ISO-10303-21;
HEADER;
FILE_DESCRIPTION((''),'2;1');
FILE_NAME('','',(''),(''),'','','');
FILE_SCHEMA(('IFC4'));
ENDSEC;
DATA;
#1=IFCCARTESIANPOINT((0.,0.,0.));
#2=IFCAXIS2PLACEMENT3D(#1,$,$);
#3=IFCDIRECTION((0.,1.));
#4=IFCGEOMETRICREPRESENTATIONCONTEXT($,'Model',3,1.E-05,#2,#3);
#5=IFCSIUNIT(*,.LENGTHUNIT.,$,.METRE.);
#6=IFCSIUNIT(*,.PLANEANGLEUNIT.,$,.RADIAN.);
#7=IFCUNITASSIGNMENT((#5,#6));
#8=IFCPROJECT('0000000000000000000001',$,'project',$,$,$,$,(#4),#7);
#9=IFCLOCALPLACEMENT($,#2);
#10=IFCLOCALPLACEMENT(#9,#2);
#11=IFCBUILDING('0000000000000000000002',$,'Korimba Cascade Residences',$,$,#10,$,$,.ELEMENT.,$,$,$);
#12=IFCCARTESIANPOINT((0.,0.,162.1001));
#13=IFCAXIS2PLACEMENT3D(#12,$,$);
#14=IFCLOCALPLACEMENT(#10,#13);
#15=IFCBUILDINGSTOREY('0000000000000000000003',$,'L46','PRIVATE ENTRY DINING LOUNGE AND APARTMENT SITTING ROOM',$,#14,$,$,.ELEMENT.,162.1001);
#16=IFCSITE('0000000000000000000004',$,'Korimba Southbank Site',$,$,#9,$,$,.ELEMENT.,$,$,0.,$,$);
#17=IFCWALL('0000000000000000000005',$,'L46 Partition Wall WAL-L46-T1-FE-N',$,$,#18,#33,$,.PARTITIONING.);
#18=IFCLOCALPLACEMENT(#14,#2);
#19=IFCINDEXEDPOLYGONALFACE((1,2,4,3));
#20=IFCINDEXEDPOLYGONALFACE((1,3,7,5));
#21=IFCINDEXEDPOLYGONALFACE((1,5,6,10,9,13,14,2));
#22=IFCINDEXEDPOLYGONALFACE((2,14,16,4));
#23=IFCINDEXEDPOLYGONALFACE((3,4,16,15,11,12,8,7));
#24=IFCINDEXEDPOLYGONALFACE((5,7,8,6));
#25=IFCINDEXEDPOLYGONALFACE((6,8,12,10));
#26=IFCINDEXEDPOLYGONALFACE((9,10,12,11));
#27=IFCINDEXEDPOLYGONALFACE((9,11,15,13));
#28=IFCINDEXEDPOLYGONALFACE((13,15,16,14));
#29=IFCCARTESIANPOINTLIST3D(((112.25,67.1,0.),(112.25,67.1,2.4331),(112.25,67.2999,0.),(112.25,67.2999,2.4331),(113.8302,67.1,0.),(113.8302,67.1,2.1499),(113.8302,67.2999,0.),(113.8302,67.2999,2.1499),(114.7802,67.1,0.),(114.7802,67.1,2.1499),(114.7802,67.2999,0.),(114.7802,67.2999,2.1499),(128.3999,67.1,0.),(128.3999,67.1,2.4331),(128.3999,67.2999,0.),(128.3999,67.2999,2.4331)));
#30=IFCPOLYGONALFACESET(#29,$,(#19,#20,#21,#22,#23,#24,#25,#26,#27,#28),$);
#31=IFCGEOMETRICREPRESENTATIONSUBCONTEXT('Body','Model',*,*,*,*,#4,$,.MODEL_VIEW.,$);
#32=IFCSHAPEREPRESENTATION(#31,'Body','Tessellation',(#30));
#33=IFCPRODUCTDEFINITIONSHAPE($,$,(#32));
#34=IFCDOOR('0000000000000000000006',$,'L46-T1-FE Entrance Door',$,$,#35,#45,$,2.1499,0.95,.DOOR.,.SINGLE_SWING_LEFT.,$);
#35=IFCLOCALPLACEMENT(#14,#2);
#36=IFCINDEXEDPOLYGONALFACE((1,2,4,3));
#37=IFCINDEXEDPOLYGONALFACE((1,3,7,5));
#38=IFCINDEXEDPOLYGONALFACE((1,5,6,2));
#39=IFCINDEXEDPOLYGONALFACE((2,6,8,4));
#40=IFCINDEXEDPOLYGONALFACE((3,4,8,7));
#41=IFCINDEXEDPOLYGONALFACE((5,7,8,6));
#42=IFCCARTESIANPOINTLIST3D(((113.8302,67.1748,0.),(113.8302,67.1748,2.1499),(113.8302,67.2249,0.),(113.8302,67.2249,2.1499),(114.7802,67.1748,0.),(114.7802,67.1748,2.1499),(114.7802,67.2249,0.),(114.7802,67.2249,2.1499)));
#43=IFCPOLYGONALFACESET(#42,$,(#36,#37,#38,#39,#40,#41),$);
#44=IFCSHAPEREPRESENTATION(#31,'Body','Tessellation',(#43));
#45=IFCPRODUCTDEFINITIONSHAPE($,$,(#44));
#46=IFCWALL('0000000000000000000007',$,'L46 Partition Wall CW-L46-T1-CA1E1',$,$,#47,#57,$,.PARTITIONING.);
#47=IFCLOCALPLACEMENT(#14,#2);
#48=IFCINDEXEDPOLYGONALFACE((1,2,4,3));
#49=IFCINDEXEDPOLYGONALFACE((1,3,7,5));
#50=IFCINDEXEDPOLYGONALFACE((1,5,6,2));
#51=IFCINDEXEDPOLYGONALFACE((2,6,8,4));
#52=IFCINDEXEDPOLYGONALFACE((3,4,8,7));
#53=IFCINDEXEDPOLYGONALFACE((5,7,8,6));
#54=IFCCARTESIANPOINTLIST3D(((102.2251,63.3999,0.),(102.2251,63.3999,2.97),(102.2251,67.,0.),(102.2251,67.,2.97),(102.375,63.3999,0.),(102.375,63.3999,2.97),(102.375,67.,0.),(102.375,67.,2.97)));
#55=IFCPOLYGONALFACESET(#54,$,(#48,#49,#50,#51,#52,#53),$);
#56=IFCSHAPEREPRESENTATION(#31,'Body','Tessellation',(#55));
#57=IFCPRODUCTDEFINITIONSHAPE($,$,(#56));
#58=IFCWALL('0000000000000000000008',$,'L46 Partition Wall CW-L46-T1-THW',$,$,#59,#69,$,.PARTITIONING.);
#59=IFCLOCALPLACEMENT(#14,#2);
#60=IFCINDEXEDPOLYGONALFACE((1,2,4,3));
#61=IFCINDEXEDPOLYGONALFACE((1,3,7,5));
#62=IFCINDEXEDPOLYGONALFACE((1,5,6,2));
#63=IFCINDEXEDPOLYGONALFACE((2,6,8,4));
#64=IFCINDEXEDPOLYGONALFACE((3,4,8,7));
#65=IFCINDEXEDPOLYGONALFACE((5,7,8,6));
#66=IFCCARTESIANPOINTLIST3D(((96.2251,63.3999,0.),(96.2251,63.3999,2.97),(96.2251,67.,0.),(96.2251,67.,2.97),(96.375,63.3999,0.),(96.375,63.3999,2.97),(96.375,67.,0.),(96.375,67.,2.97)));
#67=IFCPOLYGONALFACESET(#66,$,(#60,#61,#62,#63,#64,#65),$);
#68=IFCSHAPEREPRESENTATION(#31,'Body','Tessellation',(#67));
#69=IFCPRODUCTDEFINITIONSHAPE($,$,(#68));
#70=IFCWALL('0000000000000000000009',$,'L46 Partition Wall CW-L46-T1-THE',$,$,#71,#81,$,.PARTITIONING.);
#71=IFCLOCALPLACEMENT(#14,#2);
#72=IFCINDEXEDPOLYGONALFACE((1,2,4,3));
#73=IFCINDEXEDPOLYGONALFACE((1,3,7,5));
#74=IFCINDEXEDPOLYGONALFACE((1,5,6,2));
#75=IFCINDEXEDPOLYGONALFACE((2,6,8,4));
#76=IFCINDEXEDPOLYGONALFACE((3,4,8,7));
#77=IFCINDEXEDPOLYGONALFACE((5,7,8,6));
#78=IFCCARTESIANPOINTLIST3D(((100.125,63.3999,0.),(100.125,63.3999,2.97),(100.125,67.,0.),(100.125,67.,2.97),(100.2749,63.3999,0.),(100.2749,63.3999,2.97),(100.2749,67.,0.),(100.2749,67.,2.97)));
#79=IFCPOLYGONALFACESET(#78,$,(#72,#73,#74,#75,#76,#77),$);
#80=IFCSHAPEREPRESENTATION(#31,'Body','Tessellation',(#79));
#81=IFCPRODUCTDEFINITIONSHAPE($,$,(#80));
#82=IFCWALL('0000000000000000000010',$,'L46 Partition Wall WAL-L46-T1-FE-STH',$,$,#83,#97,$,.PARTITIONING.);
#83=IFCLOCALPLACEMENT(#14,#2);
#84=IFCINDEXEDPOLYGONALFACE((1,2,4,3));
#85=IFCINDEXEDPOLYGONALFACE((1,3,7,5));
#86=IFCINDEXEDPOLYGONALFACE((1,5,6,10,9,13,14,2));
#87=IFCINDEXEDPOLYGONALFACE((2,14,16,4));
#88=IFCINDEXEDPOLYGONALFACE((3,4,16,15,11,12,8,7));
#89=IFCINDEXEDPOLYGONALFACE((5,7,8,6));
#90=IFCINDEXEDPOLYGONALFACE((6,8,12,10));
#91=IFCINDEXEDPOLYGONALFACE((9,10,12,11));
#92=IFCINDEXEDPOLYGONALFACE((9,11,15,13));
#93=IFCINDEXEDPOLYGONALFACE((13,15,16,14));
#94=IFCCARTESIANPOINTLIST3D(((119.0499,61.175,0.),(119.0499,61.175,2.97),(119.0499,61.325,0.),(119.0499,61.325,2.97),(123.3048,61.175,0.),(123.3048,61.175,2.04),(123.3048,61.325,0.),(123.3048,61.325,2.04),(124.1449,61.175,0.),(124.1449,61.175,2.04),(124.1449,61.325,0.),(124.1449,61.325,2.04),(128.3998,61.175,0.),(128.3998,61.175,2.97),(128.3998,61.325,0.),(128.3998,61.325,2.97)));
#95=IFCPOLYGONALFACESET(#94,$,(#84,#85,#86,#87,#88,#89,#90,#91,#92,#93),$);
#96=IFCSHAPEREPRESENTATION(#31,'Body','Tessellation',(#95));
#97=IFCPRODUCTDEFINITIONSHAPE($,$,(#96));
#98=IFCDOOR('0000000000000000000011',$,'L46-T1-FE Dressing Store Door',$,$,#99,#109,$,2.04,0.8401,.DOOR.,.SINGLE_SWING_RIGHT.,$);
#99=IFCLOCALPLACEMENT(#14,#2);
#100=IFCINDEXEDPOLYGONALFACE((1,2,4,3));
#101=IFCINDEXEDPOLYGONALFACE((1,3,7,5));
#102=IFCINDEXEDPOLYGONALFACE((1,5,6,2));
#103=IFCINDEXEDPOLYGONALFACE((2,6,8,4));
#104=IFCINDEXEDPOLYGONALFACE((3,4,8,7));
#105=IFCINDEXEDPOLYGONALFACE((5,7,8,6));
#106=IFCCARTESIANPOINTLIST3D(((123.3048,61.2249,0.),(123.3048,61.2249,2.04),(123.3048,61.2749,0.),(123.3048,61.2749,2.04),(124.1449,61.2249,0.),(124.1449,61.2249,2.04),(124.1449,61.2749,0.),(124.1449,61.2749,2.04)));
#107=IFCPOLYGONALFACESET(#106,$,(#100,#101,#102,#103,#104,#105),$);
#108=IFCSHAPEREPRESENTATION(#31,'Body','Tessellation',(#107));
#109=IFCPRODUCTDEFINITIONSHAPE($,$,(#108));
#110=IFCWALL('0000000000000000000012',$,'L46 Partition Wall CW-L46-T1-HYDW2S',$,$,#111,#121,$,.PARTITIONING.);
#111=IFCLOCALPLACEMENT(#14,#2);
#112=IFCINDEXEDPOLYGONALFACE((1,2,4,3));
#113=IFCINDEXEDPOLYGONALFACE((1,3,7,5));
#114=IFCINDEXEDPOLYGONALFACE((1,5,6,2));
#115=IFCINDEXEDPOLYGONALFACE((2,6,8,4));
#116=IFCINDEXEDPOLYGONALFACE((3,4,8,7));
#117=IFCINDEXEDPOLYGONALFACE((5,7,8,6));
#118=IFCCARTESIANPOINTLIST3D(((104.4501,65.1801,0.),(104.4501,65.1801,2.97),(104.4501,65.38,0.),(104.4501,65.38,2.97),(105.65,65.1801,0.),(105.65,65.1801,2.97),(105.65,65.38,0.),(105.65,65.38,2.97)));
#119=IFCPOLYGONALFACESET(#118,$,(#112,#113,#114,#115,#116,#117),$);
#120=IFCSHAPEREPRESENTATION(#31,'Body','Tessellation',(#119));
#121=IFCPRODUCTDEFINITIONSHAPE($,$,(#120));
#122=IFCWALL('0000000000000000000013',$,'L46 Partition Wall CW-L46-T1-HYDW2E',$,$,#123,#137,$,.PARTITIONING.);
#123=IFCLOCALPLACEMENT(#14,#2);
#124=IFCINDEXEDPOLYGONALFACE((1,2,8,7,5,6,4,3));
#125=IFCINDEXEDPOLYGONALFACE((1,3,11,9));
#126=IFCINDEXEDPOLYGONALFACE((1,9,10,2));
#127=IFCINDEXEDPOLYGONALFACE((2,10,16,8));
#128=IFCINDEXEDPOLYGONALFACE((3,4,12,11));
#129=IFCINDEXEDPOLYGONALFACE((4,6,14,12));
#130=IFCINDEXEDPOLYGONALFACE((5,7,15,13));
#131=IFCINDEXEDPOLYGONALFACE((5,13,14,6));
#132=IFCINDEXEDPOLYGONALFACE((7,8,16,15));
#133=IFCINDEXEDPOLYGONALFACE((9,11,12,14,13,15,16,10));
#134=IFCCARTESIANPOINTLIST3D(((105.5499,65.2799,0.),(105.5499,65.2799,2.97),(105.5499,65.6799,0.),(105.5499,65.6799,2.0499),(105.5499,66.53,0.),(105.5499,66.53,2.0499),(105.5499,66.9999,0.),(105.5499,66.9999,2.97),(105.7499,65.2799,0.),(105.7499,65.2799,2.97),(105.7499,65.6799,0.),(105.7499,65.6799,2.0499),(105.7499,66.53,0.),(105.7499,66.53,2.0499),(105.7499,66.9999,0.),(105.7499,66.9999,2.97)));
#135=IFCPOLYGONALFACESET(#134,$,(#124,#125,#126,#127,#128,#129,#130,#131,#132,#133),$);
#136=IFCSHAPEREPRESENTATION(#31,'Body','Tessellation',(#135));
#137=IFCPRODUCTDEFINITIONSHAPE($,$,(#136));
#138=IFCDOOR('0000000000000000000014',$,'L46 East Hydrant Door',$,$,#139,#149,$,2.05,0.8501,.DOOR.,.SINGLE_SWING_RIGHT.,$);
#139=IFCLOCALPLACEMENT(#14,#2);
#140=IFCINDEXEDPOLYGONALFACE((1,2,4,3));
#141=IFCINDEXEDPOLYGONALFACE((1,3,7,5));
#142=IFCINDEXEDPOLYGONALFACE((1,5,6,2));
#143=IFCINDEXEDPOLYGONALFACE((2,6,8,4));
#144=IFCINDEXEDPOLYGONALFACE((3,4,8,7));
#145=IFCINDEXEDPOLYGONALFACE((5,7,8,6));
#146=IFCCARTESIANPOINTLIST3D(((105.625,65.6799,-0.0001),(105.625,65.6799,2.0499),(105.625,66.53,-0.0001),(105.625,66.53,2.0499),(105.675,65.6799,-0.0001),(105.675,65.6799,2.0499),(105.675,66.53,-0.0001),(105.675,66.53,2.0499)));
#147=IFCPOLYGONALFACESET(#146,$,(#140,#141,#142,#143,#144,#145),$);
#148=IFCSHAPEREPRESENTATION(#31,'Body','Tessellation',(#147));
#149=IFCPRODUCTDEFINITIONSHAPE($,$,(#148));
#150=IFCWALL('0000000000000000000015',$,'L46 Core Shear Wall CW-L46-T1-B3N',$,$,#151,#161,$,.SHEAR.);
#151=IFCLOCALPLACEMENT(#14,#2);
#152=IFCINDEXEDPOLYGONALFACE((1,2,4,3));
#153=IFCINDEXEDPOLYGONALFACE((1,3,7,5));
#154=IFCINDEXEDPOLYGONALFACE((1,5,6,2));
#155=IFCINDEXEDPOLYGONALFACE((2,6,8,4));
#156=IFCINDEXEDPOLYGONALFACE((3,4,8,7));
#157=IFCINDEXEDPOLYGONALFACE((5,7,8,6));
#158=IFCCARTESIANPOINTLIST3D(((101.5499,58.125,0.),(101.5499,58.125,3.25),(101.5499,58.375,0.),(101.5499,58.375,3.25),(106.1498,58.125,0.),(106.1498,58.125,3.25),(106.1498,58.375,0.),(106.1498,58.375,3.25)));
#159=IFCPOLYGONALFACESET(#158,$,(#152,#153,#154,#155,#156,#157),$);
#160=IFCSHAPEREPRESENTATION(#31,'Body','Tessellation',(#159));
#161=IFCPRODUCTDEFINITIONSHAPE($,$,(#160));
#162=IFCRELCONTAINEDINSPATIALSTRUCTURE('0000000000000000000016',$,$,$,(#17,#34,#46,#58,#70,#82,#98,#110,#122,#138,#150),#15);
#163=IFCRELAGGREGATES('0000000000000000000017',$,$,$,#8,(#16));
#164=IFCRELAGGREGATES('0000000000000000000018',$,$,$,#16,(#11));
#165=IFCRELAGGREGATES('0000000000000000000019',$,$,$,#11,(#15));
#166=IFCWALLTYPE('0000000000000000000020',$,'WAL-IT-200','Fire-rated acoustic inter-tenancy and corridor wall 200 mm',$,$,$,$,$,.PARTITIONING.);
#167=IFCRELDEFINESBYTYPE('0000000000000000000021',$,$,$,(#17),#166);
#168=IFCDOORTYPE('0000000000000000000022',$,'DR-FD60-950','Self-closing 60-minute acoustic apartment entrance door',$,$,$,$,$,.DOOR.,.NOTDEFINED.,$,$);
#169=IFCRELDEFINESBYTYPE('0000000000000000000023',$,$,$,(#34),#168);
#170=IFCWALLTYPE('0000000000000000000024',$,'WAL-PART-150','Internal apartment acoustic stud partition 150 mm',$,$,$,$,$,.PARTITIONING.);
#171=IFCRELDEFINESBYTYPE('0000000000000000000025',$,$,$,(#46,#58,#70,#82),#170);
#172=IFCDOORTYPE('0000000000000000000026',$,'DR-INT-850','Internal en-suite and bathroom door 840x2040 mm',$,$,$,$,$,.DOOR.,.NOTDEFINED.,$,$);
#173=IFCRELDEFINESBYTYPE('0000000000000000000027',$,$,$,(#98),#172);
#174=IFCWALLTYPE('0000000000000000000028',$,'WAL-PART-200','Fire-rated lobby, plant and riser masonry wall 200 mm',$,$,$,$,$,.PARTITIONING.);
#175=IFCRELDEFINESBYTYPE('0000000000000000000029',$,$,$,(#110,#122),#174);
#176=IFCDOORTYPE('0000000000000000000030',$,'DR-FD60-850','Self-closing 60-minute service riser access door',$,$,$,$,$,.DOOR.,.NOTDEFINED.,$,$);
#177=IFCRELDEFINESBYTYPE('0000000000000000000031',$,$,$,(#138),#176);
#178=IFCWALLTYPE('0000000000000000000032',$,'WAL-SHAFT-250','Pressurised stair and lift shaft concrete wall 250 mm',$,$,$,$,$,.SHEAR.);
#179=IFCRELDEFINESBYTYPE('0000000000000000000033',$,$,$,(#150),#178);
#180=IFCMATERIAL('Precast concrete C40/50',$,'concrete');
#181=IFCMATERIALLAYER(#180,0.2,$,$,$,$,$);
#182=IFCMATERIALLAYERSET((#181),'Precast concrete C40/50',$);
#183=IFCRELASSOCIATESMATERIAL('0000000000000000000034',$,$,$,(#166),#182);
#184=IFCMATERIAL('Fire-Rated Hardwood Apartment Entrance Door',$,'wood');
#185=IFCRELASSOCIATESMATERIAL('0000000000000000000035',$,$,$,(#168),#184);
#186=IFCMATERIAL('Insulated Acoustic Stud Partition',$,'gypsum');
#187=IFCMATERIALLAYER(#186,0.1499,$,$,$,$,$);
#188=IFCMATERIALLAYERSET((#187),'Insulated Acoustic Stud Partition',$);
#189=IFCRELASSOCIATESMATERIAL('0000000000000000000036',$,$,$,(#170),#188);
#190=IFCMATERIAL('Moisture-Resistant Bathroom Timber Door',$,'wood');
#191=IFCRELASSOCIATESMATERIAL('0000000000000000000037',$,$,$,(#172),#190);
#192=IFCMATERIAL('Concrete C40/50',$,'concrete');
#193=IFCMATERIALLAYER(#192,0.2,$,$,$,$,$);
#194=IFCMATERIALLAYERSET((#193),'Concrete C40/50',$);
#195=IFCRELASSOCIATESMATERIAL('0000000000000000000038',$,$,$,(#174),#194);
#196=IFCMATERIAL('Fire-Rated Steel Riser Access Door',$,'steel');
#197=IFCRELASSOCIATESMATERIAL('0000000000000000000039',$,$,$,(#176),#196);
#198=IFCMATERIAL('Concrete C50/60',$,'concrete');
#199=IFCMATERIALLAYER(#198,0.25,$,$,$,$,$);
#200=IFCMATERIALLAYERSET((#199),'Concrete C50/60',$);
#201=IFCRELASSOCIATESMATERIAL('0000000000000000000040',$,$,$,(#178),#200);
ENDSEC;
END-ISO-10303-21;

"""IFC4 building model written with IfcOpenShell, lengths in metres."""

from ifc_helpers import new_model, si_unit, direction, frame, frame_2d, origin, place, context, subcontext, project, spatial, rectangle, extrude, material, layer, layer_set, type_object, element, fill, save


model = new_model("IFC4")

# Units and contexts
model_context = context("Model", 3, precision=1e-05, world=origin(), true_north=direction((0.0, 1.0)))
body_context = subcontext(model_context, "Body", "Model", "MODEL_VIEW")
ifc_project = project(units=[si_unit("LENGTHUNIT", "METRE"), si_unit("PLANEANGLEUNIT", "RADIAN")], contexts=[model_context])

# Site, building, storey
site_placement = place(None, origin())
site = spatial("IfcSite", under=ifc_project, at=site_placement, Name="Korimba Southbank Site", CompositionType="ELEMENT", RefElevation=0.0)
building_placement = place(site_placement, origin())
building = spatial("IfcBuilding", under=site, at=building_placement, Name="Korimba Cascade Residences", CompositionType="ELEMENT")
storey_placement = place(building_placement, frame((0.0, 0.0, 162.1001)))
storey = spatial("IfcBuildingStorey", under=building, at=storey_placement, Name="L46", Description="PRIVATE ENTRY DINING LOUNGE AND APARTMENT SITTING ROOM", CompositionType="ELEMENT", Elevation=162.1001)

# Wall, opening, door
ifc_material_1 = material(Name="Precast concrete C40/50", Category="concrete")
ifc_layer_1 = layer(ifc_material_1, 0.2)
ifc_layer_set_1 = layer_set([ifc_layer_1], Name="Precast concrete C40/50")
wall_type_1 = type_object("IfcWallType", Name="WAL-IT-200", Description="Fire-rated acoustic inter-tenancy and corridor wall 200 mm", PredefinedType="PARTITIONING", material=ifc_layer_set_1)
wall_1_placement = place(storey_placement, frame((112.25, 67.2, 0.0), z_axis=(0.0, 0.0, 1.0), x_axis=(1.0, 0.0, 0.0)))
wall_1 = element("IfcWall", 1, at=wall_1_placement, inside=storey, type_object=wall_type_1, Name="L46 Partition Wall WAL-L46-T1-FE-N", PredefinedType="PARTITIONING", context=body_context, shape_type="SweptSolid", body=[
    extrude(rectangle(XDim=16.1499, YDim=0.2, at=frame_2d((8.075, 0.0))), origin(), (0.0, 0.0, 1.0), 2.4331),
])
opening_1_placement = place(wall_1_placement, frame((1.5801, 0.0, 0.0)))
opening_1 = element("IfcOpeningElement", 2, at=opening_1_placement, cuts=wall_1, PredefinedType="OPENING", context=body_context, shape_type="SweptSolid", body=[
    extrude(rectangle(XDim=0.95, YDim=2.1499, at=frame_2d((0.4751, 1.075))), frame((0.0, 0.1099, 0.0), z_axis=(0.0, -1.0, 0.0), x_axis=(1.0, 0.0, 0.0)), (0.0, 0.0, 1.0), 0.22),
])
ifc_material_2 = material(Name="Fire-Rated Hardwood Apartment Entrance Door", Category="wood")
door_type_1 = type_object("IfcDoorType", Name="DR-FD60-950", Description="Self-closing 60-minute acoustic apartment entrance door", OperationType="NOTDEFINED", PredefinedType="DOOR", material=ifc_material_2)
door_1_placement = place(opening_1_placement, origin())
door_1 = element("IfcDoor", 3, at=door_1_placement, inside=storey, type_object=door_type_1, Name="L46-T1-FE Entrance Door", OperationType="SINGLE_SWING_LEFT", OverallHeight=2.1499, OverallWidth=0.95, PredefinedType="DOOR", context=body_context, shape_type="SweptSolid", body=[
    extrude(rectangle(XDim=0.95, YDim=2.1499, at=frame_2d((0.4751, 1.075))), frame((0.0, 0.0249, 0.0), z_axis=(0.0, -1.0, 0.0), x_axis=(1.0, 0.0, 0.0)), (0.0, 0.0, 1.0), 0.05),
])
fill(opening_1, door_1)

# Walls
ifc_material_3 = material(Name="Insulated Acoustic Stud Partition", Category="gypsum")
ifc_layer_2 = layer(ifc_material_3, 0.1499)
ifc_layer_set_2 = layer_set([ifc_layer_2], Name="Insulated Acoustic Stud Partition")
wall_type_2 = type_object("IfcWallType", Name="WAL-PART-150", Description="Internal apartment acoustic stud partition 150 mm", PredefinedType="PARTITIONING", material=ifc_layer_set_2)
for number, where, z_axis, x_axis, name in (
    (4, (102.3, 63.3999, 0.0), (0.0, 0.0, 1.0), (0.0, 1.0, 0.0), "L46 Partition Wall CW-L46-T1-CA1E1"),
    (5, (96.3, 63.3999, 0.0), (0.0, 0.0, 1.0), (0.0, 1.0, 0.0), "L46 Partition Wall CW-L46-T1-THW"),
    (6, (100.2, 63.3999, 0.0), (0.0, 0.0, 1.0), (0.0, 1.0, 0.0), "L46 Partition Wall CW-L46-T1-THE"),
):
    element("IfcWall", number, at=place(storey_placement, frame(where, z_axis=z_axis, x_axis=x_axis)), inside=storey, type_object=wall_type_2, Name=name, PredefinedType="PARTITIONING", context=body_context, shape_type="SweptSolid", body=[
        extrude(rectangle(XDim=3.6001, YDim=0.1499, at=frame_2d((1.8, 0.0))), origin(), (0.0, 0.0, 1.0), 2.97),
    ])

# Wall, opening, door
wall_2_placement = place(storey_placement, frame((119.05, 61.25, 0.0), z_axis=(0.0, 0.0, 1.0), x_axis=(1.0, 0.0, 0.0)))
wall_2 = element("IfcWall", 7, at=wall_2_placement, inside=storey, type_object=wall_type_2, Name="L46 Partition Wall WAL-L46-T1-FE-STH", PredefinedType="PARTITIONING", context=body_context, shape_type="SweptSolid", body=[
    extrude(rectangle(XDim=9.3499, YDim=0.1499, at=frame_2d((4.6748, 0.0))), origin(), (0.0, 0.0, 1.0), 2.97),
])
opening_2_placement = place(wall_2_placement, frame((4.2549, 0.0, 0.0)))
opening_2 = element("IfcOpeningElement", 8, at=opening_2_placement, cuts=wall_2, PredefinedType="OPENING", context=body_context, shape_type="SweptSolid", body=[
    extrude(rectangle(XDim=0.8401, YDim=2.04, at=frame_2d((0.4199, 1.02))), frame((0.0, 0.085, 0.0), z_axis=(0.0, -1.0, 0.0), x_axis=(1.0, 0.0, 0.0)), (0.0, 0.0, 1.0), 0.1699),
])
ifc_material_4 = material(Name="Moisture-Resistant Bathroom Timber Door", Category="wood")
door_type_2 = type_object("IfcDoorType", Name="DR-INT-850", Description="Internal en-suite and bathroom door 840x2040 mm", OperationType="NOTDEFINED", PredefinedType="DOOR", material=ifc_material_4)
door_2_placement = place(opening_2_placement, origin())
door_2 = element("IfcDoor", 9, at=door_2_placement, inside=storey, type_object=door_type_2, Name="L46-T1-FE Dressing Store Door", OperationType="SINGLE_SWING_RIGHT", OverallHeight=2.04, OverallWidth=0.8401, PredefinedType="DOOR", context=body_context, shape_type="SweptSolid", body=[
    extrude(rectangle(XDim=0.8401, YDim=2.04, at=frame_2d((0.4199, 1.02))), frame((0.0, 0.0249, 0.0), z_axis=(0.0, -1.0, 0.0), x_axis=(1.0, 0.0, 0.0)), (0.0, 0.0, 1.0), 0.05),
])
fill(opening_2, door_2)

# Wall
ifc_material_5 = material(Name="Concrete C40/50", Category="concrete")
ifc_layer_3 = layer(ifc_material_5, 0.2)
ifc_layer_set_3 = layer_set([ifc_layer_3], Name="Concrete C40/50")
wall_type_3 = type_object("IfcWallType", Name="WAL-PART-200", Description="Fire-rated lobby, plant and riser masonry wall 200 mm", PredefinedType="PARTITIONING", material=ifc_layer_set_3)
wall_3_placement = place(storey_placement, frame((104.45, 65.28, 0.0), z_axis=(0.0, 0.0, 1.0), x_axis=(1.0, 0.0, 0.0)))
element("IfcWall", 10, at=wall_3_placement, inside=storey, type_object=wall_type_3, Name="L46 Partition Wall CW-L46-T1-HYDW2S", PredefinedType="PARTITIONING", context=body_context, shape_type="SweptSolid", body=[
    extrude(rectangle(XDim=1.2, YDim=0.2, at=frame_2d((0.6001, 0.0))), origin(), (0.0, 0.0, 1.0), 2.97),
])

# Wall, opening, door
wall_4_placement = place(storey_placement, frame((105.6499, 65.28, 0.0), z_axis=(0.0, 0.0, 1.0), x_axis=(0.0, 1.0, 0.0)))
wall_4 = element("IfcWall", 11, at=wall_4_placement, inside=storey, type_object=wall_type_3, Name="L46 Partition Wall CW-L46-T1-HYDW2E", PredefinedType="PARTITIONING", context=body_context, shape_type="SweptSolid", body=[
    extrude(rectangle(XDim=1.72, YDim=0.2, at=frame_2d((0.8599, 0.0))), origin(), (0.0, 0.0, 1.0), 2.97),
])
opening_3_placement = place(wall_4_placement, frame((0.3999, 0.0, 0.0)))
opening_3 = element("IfcOpeningElement", 12, at=opening_3_placement, cuts=wall_4, PredefinedType="OPENING", context=body_context, shape_type="SweptSolid", body=[
    extrude(rectangle(XDim=0.8501, YDim=2.05, at=frame_2d((0.425, 1.0249))), frame((0.0, 0.1099, 0.0), z_axis=(0.0, -1.0, 0.0), x_axis=(1.0, 0.0, 0.0)), (0.0, 0.0, 1.0), 0.22),
])
ifc_material_6 = material(Name="Fire-Rated Steel Riser Access Door", Category="steel")
door_type_3 = type_object("IfcDoorType", Name="DR-FD60-850", Description="Self-closing 60-minute service riser access door", OperationType="NOTDEFINED", PredefinedType="DOOR", material=ifc_material_6)
door_3_placement = place(opening_3_placement, origin())
door_3 = element("IfcDoor", 13, at=door_3_placement, inside=storey, type_object=door_type_3, Name="L46 East Hydrant Door", OperationType="SINGLE_SWING_RIGHT", OverallHeight=2.05, OverallWidth=0.8501, PredefinedType="DOOR", context=body_context, shape_type="SweptSolid", body=[
    extrude(rectangle(XDim=0.8501, YDim=2.05, at=frame_2d((0.425, 1.0249))), frame((0.0, 0.0249, 0.0), z_axis=(0.0, -1.0, 0.0), x_axis=(1.0, 0.0, 0.0)), (0.0, 0.0, 1.0), 0.05),
])
fill(opening_3, door_3)

# Wall
ifc_material_7 = material(Name="Concrete C50/60", Category="concrete")
ifc_layer_4 = layer(ifc_material_7, 0.25)
ifc_layer_set_4 = layer_set([ifc_layer_4], Name="Concrete C50/60")
wall_type_4 = type_object("IfcWallType", Name="WAL-SHAFT-250", Description="Pressurised stair and lift shaft concrete wall 250 mm", PredefinedType="SHEAR", material=ifc_layer_set_4)
wall_5_placement = place(storey_placement, frame((101.55, 58.25, 0.0), z_axis=(0.0, 0.0, 1.0), x_axis=(1.0, 0.0, 0.0)))
element("IfcWall", 14, at=wall_5_placement, inside=storey, type_object=wall_type_4, Name="L46 Core Shear Wall CW-L46-T1-B3N", PredefinedType="SHEAR", context=body_context, shape_type="SweptSolid", body=[
    extrude(rectangle(XDim=4.5999, YDim=0.25, at=frame_2d((2.2998, 0.0))), origin(), (0.0, 0.0, 1.0), 3.25),
])

save(model, "model.ifc")
